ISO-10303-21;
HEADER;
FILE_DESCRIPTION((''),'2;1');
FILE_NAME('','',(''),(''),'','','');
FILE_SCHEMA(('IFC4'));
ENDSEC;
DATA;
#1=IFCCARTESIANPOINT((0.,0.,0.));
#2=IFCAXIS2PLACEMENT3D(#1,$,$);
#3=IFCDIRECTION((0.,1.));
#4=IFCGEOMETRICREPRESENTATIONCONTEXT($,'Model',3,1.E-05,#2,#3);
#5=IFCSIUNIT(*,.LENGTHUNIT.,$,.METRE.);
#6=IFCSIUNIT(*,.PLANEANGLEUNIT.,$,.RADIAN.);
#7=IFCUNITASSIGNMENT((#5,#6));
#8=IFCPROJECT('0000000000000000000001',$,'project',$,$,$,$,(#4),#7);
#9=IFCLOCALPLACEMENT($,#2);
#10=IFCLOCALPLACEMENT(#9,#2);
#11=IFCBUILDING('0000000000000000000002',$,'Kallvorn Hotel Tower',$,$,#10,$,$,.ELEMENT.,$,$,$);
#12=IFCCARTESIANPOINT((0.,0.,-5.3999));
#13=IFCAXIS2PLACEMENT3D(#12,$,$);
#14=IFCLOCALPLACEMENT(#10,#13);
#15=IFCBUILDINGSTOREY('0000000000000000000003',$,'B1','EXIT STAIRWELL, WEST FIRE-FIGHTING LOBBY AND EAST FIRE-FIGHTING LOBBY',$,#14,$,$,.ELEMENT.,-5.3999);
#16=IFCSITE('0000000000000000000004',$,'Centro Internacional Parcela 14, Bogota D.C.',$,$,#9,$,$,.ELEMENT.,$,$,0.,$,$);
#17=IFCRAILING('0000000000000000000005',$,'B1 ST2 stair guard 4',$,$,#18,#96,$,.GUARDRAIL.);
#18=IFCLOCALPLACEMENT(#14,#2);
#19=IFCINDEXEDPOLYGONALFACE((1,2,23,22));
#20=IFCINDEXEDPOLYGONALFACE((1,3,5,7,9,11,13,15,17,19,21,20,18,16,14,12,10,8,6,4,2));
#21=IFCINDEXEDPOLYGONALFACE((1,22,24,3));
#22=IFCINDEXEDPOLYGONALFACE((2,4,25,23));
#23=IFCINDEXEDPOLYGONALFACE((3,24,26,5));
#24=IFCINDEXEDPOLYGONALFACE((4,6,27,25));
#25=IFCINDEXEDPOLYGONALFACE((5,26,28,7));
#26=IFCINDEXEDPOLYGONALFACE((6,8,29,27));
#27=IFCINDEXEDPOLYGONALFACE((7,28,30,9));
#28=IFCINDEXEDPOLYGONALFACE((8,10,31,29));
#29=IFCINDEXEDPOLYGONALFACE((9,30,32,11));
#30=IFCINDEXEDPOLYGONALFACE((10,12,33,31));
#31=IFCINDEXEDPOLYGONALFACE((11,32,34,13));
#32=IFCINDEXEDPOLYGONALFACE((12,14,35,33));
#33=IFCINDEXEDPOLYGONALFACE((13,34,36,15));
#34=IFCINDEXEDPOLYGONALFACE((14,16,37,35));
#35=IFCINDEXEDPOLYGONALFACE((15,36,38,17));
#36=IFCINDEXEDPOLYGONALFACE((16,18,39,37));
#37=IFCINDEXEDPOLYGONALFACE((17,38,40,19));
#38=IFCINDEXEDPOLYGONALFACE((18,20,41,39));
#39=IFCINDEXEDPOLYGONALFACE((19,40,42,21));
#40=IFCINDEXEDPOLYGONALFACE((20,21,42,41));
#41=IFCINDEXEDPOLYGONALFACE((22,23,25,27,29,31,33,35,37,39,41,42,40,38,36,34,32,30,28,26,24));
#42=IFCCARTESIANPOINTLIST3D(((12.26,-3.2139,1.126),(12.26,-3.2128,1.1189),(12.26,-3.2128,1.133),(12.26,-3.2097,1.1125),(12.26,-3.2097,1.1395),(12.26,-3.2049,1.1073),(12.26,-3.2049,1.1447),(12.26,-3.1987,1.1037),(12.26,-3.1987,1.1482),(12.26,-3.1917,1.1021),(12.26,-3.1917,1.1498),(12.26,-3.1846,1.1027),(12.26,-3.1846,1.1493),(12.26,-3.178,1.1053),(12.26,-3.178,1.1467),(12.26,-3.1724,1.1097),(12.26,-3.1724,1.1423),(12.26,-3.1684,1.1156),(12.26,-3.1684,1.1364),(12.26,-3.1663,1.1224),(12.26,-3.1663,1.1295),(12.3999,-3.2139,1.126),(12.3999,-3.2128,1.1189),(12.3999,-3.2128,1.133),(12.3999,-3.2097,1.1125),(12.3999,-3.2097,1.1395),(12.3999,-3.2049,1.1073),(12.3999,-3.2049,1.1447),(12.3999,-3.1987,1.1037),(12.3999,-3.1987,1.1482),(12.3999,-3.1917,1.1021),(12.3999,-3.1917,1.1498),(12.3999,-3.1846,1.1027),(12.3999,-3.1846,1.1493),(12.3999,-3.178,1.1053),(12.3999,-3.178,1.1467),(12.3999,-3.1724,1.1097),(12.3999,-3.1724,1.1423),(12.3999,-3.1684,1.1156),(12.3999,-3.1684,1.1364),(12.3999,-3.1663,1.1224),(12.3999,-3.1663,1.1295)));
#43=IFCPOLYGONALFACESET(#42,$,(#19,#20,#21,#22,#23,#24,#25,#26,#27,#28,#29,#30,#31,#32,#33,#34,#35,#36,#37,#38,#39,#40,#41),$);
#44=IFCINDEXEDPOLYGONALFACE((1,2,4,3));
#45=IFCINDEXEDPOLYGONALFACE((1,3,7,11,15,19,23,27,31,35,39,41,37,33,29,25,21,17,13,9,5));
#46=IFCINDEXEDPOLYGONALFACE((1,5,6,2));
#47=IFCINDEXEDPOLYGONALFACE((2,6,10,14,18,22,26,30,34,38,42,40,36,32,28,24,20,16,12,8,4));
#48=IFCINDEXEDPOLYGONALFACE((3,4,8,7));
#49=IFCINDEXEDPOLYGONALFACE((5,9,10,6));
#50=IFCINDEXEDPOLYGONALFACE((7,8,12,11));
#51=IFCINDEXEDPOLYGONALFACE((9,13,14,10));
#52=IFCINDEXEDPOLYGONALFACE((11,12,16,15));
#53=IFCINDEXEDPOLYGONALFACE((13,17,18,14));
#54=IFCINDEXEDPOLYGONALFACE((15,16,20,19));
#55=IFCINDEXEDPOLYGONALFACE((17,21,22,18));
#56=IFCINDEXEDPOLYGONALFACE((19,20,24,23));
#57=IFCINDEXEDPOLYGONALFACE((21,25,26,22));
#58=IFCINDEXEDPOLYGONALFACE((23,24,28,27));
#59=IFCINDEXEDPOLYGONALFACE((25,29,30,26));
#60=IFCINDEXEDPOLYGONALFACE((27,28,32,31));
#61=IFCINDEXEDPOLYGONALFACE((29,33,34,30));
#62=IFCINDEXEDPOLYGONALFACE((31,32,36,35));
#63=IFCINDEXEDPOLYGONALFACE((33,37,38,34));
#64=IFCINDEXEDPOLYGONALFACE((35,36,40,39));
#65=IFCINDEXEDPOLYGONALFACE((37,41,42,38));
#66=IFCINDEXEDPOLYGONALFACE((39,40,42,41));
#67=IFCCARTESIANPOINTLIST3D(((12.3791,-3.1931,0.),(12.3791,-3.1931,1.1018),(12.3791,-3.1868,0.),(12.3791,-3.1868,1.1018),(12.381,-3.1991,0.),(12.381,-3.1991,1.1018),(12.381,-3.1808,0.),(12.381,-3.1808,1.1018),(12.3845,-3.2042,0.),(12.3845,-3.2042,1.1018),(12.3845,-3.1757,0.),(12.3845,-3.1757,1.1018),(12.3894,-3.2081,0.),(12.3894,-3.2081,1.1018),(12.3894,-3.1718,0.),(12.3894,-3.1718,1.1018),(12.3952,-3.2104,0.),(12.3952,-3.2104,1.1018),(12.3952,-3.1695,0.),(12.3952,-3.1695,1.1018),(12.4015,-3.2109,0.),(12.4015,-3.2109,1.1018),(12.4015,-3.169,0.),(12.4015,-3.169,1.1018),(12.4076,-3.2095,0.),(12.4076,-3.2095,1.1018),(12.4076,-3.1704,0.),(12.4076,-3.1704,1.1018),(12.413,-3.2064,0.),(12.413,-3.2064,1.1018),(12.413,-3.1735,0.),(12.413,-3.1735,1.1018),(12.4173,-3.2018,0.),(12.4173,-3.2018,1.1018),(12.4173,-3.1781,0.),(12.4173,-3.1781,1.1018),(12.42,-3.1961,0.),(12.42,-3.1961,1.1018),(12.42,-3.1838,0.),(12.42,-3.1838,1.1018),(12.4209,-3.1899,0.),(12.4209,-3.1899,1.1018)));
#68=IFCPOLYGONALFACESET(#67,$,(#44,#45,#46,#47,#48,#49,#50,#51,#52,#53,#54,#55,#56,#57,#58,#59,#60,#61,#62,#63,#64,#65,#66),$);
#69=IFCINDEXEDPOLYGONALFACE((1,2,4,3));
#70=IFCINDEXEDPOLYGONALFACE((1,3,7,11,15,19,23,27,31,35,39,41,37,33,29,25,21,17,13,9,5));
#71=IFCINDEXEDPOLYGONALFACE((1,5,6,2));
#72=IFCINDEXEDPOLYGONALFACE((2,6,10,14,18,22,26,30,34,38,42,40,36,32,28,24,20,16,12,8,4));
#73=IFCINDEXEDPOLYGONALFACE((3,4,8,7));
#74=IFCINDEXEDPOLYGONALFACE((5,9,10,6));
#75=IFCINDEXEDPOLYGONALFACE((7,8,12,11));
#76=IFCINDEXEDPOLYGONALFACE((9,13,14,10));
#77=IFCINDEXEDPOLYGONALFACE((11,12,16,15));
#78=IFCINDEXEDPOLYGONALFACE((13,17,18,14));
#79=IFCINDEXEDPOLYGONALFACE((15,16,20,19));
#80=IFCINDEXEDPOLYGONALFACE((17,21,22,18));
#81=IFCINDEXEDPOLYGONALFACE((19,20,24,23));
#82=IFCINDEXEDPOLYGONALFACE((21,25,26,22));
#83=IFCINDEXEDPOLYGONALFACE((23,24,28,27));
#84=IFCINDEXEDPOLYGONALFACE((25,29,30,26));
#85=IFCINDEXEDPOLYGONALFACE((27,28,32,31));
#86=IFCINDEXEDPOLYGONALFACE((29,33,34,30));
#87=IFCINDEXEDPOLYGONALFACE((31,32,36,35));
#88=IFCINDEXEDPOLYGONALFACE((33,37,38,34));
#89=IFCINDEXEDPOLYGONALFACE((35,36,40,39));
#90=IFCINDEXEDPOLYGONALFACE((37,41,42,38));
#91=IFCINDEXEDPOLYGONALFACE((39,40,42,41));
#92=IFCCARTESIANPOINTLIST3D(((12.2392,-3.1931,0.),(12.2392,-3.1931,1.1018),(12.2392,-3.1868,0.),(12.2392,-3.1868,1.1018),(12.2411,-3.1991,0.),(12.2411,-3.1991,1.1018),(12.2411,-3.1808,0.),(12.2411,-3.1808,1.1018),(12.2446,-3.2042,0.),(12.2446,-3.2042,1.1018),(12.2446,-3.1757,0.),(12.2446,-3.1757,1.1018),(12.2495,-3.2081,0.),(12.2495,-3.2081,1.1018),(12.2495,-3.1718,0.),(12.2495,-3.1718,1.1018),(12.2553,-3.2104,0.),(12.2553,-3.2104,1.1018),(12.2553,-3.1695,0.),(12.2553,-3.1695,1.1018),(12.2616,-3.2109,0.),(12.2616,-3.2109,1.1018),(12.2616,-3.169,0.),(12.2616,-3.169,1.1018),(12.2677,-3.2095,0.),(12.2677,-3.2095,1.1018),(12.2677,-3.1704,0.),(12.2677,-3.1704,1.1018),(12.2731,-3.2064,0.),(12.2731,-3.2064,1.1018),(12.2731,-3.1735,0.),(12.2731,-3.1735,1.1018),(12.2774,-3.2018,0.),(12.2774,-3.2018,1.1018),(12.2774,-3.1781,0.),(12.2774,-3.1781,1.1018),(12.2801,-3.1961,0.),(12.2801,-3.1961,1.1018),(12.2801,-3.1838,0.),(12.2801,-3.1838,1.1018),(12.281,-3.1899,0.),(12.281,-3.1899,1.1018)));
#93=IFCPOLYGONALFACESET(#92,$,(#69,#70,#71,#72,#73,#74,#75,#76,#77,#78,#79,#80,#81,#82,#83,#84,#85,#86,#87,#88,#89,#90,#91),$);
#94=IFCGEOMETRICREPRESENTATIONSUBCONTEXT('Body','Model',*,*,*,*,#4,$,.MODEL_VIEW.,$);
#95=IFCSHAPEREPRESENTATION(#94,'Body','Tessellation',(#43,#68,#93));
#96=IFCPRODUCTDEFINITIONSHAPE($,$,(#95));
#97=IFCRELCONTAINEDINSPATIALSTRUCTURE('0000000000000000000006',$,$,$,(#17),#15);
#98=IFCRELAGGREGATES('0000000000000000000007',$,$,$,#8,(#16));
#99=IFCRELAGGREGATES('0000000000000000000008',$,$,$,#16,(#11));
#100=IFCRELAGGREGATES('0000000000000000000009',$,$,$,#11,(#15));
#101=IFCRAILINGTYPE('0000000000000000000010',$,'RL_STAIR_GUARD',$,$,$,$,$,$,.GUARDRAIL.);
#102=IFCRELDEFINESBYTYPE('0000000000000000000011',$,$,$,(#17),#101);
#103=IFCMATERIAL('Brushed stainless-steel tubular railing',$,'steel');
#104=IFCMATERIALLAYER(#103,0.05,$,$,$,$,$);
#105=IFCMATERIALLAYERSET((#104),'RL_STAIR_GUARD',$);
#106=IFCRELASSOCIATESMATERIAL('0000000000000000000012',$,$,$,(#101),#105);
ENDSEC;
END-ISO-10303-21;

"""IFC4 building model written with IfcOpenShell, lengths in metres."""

from ifc_helpers import new_model, si_unit, direction, frame, origin, origin_2d, place, context, subcontext, project, spatial, circle, extrude, material, layer, layer_set, type_object, element, save


model = new_model("IFC4")

# Units and contexts
model_context = context("Model", 3, precision=1e-05, world=origin(), true_north=direction((0.0, 1.0)))
body_context = subcontext(model_context, "Body", "Model", "MODEL_VIEW")
ifc_project = project(units=[si_unit("LENGTHUNIT", "METRE"), si_unit("PLANEANGLEUNIT", "RADIAN")], contexts=[model_context])

# Site, building, storey
site_placement = place(None, origin())
site = spatial("IfcSite", under=ifc_project, at=site_placement, Name="Centro Internacional Parcela 14, Bogota D.C.", CompositionType="ELEMENT", RefElevation=0.0)
building_placement = place(site_placement, origin())
building = spatial("IfcBuilding", under=site, at=building_placement, Name="Kallvorn Hotel Tower", CompositionType="ELEMENT")
storey_placement = place(building_placement, frame((0.0, 0.0, -5.3999)))
storey = spatial("IfcBuildingStorey", under=building, at=storey_placement, Name="B1", Description="EXIT STAIRWELL, WEST FIRE-FIGHTING LOBBY AND EAST FIRE-FIGHTING LOBBY", CompositionType="ELEMENT", Elevation=-5.3999)

# Railing
ifc_material_1 = material(Name="Brushed stainless-steel tubular railing", Category="steel")
ifc_layer_1 = layer(ifc_material_1, 0.05)
ifc_layer_set_1 = layer_set([ifc_layer_1], Name="RL_STAIR_GUARD")
railing_type = type_object("IfcRailingType", Name="RL_STAIR_GUARD", PredefinedType="GUARDRAIL", material=ifc_layer_set_1)
railing_1_placement = place(storey_placement, frame((12.3999, -3.1899, 0.0)))
element("IfcRailing", 1, at=railing_1_placement, inside=storey, type_object=railing_type, Name="B1 ST2 stair guard 4", PredefinedType="GUARDRAIL", context=body_context, shape_type="SweptSolid", body=[
    extrude(circle(Radius=0.0239, at=origin_2d()), frame((0.0, 0.0, 1.126), z_axis=(-1.0, 0.0, 0.0), x_axis=(0.0, -1.0, 0.0)), (0.0, 0.0, 1.0), 0.1399),
    extrude(circle(Radius=0.021, at=origin_2d()), origin(), (0.0, 0.0, 1.0), 1.1018),
    extrude(circle(Radius=0.021, at=origin_2d()), frame((-0.1399, 0.0, 0.0)), (0.0, 0.0, 1.0), 1.1018),
])

save(model, "model.ifc")
